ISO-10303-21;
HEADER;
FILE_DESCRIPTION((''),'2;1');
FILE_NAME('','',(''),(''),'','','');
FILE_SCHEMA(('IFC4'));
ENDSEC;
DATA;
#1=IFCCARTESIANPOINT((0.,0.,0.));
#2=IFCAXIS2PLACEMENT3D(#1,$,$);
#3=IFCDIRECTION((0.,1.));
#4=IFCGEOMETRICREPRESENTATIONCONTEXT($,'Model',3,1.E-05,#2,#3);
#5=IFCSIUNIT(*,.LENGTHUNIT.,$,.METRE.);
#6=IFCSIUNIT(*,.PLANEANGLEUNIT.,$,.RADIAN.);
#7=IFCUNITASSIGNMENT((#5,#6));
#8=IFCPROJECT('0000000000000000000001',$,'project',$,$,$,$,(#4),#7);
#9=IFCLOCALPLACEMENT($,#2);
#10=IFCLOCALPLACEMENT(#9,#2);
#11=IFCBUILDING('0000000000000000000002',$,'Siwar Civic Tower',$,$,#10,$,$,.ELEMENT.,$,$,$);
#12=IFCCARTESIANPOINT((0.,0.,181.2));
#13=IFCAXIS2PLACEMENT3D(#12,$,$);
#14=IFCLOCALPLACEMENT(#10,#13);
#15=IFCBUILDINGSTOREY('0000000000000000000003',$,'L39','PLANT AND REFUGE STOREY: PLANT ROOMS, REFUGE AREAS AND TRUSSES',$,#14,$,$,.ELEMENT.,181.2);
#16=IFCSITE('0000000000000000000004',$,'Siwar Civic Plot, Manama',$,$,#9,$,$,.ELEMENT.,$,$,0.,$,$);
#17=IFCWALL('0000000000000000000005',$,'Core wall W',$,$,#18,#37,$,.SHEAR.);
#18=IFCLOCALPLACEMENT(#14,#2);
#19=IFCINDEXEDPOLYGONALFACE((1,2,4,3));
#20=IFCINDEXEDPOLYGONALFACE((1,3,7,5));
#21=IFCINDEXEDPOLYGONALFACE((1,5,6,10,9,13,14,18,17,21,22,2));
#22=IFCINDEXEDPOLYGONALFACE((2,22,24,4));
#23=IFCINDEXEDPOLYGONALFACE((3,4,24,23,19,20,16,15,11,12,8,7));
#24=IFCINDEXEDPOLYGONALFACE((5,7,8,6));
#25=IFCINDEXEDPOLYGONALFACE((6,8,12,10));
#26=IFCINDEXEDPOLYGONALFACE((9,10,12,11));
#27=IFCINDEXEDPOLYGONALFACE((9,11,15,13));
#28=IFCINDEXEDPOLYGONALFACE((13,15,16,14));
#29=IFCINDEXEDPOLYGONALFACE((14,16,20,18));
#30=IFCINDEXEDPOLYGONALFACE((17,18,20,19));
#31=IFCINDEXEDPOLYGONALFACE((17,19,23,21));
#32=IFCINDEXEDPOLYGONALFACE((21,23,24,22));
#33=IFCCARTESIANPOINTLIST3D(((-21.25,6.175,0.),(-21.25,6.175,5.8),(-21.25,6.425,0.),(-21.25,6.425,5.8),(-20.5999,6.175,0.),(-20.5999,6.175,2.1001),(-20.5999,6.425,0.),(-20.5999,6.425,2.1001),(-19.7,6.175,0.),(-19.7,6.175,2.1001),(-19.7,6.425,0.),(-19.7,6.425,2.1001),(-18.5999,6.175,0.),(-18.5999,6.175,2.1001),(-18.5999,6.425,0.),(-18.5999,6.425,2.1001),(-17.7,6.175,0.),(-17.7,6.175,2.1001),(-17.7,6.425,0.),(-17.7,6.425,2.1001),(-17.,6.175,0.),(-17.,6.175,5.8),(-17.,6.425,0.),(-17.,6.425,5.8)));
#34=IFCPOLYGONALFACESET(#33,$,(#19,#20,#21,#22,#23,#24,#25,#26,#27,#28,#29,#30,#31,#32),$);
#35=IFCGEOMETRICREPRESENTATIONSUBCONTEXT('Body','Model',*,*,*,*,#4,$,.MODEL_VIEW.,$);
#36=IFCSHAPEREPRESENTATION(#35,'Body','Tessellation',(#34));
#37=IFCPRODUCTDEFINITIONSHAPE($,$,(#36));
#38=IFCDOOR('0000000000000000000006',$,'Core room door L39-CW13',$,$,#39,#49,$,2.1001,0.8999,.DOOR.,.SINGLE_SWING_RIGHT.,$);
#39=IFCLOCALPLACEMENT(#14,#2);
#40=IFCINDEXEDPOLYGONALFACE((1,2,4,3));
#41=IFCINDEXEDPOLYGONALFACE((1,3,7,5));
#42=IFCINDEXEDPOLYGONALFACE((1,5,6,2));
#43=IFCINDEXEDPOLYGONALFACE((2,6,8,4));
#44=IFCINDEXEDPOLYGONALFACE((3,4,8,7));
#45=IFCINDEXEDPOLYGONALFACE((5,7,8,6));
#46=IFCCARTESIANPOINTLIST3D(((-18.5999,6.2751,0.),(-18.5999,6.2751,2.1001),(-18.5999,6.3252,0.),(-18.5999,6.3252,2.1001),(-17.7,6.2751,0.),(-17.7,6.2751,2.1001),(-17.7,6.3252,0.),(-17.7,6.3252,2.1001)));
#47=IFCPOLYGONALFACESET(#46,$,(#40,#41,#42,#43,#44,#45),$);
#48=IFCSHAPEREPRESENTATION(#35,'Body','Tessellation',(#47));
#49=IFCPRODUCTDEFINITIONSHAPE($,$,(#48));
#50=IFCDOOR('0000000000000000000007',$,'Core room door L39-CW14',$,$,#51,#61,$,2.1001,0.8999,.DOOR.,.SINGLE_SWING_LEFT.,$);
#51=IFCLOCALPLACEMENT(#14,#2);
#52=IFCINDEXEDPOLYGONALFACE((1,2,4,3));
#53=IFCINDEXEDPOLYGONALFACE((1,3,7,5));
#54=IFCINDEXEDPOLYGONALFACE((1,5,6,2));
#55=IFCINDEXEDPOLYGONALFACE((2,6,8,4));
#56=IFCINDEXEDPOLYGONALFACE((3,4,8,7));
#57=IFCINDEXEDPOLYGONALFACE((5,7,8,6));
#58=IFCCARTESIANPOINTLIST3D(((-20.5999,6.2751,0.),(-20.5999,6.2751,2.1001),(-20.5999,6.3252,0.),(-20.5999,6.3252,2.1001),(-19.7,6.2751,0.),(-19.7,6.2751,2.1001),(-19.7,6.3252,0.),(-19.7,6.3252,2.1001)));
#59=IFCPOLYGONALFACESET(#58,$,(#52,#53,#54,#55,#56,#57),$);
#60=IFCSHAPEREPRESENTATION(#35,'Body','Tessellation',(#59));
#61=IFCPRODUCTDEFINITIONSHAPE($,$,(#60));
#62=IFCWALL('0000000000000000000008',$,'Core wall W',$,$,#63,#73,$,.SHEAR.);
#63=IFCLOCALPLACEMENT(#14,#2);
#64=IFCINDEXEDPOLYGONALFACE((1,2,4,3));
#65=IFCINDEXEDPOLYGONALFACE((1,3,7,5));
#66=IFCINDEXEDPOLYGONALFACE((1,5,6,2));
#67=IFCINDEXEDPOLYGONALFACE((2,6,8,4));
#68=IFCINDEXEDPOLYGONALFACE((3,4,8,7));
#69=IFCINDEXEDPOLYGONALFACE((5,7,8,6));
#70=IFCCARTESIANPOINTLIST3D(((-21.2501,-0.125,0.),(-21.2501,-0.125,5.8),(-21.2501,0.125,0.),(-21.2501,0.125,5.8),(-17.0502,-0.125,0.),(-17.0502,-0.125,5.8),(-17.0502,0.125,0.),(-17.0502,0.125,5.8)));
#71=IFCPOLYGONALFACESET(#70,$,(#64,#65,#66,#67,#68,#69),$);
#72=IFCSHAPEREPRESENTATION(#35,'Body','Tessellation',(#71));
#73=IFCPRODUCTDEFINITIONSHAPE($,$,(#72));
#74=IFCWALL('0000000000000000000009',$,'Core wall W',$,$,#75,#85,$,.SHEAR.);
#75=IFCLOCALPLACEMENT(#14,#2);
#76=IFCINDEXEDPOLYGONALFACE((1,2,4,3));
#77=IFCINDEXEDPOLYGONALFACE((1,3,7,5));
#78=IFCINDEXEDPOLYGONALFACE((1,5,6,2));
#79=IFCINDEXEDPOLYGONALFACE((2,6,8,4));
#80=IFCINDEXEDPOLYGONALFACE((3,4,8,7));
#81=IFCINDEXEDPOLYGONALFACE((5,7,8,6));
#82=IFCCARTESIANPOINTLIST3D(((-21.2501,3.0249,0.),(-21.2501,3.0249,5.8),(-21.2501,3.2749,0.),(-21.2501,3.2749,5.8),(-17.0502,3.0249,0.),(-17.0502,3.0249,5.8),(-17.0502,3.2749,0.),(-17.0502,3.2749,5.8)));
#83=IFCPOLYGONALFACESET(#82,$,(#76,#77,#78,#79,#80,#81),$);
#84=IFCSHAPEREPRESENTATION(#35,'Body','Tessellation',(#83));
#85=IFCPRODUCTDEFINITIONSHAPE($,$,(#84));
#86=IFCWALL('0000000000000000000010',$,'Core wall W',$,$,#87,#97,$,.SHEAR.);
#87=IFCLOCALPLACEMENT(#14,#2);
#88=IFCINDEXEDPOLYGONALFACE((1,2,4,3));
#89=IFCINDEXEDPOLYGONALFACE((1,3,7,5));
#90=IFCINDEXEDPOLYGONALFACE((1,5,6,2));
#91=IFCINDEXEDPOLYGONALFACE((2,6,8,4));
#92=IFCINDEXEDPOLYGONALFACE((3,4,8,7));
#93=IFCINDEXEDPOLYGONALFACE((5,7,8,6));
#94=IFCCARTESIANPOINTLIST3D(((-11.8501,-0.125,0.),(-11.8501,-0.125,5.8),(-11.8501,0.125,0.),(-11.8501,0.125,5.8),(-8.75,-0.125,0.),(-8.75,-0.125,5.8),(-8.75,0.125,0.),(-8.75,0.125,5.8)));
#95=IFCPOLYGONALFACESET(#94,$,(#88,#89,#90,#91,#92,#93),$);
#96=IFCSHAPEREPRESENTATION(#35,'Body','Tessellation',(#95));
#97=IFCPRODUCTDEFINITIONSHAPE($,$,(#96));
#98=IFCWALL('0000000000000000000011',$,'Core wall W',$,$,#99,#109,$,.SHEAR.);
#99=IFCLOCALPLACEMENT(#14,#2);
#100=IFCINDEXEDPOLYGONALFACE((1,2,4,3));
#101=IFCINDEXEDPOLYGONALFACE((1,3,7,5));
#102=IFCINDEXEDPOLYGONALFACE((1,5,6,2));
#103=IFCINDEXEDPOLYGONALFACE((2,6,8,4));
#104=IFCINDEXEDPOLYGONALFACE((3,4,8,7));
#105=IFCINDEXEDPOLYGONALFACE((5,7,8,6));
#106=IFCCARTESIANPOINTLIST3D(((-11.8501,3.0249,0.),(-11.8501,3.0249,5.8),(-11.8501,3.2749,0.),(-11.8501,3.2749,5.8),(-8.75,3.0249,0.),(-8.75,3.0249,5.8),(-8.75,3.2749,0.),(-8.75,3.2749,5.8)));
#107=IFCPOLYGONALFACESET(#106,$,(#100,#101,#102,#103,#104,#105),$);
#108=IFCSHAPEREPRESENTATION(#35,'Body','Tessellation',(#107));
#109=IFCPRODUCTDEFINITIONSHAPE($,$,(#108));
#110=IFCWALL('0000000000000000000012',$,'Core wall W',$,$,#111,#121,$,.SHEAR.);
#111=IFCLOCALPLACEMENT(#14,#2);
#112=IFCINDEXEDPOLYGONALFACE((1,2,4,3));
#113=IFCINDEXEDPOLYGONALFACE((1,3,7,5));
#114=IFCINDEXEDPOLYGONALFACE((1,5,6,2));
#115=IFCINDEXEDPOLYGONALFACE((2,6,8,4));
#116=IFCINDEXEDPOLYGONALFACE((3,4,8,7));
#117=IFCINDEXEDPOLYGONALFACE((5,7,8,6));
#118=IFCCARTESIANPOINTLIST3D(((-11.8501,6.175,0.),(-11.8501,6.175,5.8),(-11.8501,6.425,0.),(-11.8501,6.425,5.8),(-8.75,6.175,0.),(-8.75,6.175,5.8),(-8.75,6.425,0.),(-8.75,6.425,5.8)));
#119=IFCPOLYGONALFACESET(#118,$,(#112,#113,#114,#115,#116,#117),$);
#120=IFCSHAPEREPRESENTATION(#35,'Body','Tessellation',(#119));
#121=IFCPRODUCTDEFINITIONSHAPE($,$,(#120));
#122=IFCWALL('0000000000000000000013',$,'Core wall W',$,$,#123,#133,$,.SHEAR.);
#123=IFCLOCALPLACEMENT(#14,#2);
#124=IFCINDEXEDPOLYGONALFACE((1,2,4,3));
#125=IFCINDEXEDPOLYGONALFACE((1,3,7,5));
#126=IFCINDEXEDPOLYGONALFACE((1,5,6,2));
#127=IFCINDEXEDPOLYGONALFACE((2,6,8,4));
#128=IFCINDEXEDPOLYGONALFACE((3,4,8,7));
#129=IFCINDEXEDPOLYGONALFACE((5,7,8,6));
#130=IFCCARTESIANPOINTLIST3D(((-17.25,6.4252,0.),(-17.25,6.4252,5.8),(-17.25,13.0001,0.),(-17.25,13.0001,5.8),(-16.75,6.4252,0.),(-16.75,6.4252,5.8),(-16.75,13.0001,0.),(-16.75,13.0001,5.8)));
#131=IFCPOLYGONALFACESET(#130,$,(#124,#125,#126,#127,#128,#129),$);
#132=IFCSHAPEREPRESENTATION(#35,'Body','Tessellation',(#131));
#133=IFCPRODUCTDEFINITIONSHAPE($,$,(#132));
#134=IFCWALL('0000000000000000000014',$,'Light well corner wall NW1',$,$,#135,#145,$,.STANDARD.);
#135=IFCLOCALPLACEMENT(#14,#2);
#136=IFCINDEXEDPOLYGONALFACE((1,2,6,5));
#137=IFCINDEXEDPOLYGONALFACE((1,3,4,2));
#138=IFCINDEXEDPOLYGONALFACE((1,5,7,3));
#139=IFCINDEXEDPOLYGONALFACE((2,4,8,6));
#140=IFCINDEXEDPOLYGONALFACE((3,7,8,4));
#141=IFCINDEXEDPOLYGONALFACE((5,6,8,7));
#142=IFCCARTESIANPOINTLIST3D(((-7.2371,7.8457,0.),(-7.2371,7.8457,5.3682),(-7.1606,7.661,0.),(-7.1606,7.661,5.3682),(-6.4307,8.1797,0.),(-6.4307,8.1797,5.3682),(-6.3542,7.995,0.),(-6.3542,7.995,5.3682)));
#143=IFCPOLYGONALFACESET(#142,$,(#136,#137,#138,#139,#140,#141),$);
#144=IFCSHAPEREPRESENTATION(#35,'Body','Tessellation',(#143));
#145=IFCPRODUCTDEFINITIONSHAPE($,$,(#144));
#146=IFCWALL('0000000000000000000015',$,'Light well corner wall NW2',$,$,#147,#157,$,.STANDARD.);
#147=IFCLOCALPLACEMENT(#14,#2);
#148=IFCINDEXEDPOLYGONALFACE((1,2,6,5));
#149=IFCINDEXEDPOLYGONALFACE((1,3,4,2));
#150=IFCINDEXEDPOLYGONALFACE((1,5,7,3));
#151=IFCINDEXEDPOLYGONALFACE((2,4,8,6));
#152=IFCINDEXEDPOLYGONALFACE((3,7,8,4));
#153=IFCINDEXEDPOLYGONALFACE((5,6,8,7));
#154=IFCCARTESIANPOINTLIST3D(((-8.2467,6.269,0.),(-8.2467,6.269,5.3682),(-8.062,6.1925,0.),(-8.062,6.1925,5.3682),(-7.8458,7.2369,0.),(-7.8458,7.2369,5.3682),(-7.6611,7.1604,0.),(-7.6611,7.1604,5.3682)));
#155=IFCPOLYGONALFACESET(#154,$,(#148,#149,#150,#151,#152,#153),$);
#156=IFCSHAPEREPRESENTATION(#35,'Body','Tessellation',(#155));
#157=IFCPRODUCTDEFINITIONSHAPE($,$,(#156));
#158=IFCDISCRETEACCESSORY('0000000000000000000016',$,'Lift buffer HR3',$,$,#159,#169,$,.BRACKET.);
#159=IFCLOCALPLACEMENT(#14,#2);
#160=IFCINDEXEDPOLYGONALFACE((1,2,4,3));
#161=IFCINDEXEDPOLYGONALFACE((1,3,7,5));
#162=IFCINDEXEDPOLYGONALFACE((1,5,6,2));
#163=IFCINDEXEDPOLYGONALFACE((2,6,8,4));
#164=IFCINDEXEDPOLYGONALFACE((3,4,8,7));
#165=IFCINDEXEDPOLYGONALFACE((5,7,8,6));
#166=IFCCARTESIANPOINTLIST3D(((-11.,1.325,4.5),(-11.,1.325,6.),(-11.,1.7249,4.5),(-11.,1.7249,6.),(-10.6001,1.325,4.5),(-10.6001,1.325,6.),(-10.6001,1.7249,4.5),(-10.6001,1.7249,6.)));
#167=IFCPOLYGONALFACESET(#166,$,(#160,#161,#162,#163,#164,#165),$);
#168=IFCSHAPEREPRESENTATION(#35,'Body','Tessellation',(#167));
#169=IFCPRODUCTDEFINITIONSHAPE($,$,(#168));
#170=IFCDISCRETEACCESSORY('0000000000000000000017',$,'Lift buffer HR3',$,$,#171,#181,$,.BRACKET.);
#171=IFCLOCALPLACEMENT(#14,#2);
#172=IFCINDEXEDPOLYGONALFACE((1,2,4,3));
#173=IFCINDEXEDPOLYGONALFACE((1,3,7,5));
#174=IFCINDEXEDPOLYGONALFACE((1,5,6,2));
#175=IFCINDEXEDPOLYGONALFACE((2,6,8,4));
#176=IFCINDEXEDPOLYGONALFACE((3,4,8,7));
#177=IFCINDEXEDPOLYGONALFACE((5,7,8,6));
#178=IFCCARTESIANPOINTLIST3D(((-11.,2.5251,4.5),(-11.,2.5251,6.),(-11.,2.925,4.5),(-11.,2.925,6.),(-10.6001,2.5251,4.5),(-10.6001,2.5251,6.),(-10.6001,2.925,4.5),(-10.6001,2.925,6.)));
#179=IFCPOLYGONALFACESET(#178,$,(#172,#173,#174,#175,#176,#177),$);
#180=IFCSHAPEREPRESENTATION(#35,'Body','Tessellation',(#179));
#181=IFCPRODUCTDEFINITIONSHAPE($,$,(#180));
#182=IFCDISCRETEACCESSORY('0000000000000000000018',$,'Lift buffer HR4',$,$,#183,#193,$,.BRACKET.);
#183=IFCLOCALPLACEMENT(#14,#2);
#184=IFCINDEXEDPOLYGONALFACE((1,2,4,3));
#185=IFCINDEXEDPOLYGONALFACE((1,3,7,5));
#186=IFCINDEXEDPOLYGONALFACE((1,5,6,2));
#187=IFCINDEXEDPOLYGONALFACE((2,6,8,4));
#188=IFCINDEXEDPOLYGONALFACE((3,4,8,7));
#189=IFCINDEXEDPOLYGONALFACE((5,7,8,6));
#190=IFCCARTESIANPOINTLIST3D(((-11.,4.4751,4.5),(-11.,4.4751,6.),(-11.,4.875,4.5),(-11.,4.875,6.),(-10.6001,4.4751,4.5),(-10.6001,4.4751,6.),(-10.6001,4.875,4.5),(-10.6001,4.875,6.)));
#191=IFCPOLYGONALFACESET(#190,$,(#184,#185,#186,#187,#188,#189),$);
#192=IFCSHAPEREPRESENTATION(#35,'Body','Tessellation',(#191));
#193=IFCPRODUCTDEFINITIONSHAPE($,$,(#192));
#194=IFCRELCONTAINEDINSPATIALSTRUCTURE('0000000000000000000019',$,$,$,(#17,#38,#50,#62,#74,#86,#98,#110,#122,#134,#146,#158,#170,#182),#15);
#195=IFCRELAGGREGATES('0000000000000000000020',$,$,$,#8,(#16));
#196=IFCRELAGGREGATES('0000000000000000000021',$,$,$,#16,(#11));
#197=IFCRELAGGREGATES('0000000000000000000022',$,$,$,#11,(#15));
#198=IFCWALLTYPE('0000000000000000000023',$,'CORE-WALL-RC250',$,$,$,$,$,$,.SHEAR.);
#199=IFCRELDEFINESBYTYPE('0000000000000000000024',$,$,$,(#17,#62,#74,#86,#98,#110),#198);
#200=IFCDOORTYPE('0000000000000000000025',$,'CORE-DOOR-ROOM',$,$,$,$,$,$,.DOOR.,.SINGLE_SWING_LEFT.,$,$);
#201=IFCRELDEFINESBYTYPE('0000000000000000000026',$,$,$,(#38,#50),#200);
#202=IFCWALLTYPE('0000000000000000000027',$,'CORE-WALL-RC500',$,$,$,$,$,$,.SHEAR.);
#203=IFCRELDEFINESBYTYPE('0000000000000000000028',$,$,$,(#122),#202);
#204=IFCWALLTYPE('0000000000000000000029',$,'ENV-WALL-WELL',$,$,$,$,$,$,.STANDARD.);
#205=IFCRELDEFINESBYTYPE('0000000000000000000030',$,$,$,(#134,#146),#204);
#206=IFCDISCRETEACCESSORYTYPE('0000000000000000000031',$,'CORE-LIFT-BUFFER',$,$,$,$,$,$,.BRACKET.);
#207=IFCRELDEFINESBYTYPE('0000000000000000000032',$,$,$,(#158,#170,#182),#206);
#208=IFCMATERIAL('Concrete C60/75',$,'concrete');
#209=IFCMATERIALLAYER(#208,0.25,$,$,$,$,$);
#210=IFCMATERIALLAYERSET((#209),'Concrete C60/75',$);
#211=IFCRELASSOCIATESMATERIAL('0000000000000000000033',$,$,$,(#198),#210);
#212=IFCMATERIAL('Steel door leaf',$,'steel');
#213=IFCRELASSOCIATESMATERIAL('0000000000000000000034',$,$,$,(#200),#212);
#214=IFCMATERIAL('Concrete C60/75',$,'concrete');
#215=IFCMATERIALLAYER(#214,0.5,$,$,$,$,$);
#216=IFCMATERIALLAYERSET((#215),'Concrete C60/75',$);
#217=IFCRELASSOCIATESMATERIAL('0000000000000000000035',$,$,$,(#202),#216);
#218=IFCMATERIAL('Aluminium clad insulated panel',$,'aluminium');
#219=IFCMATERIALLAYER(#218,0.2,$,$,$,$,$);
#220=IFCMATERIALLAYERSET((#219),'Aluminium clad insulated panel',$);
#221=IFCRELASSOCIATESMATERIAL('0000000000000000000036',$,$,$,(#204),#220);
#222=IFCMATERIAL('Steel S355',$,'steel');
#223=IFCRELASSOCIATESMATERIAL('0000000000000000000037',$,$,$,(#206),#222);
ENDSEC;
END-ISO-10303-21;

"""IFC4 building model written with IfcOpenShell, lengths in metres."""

from ifc_helpers import new_model, si_unit, direction, frame, frame_2d, origin, origin_2d, place, context, subcontext, project, spatial, rectangle, extrude, material, layer, layer_set, type_object, element, fill, save


model = new_model("IFC4")

# Units and contexts
model_context = context("Model", 3, precision=1e-05, world=origin(), true_north=direction((0.0, 1.0)))
body_context = subcontext(model_context, "Body", "Model", "MODEL_VIEW")
ifc_project = project(units=[si_unit("LENGTHUNIT", "METRE"), si_unit("PLANEANGLEUNIT", "RADIAN")], contexts=[model_context])

# Site, building, storey
site_placement = place(None, origin())
site = spatial("IfcSite", under=ifc_project, at=site_placement, Name="Siwar Civic Plot, Manama", CompositionType="ELEMENT", RefElevation=0.0)
building_placement = place(site_placement, origin())
building = spatial("IfcBuilding", under=site, at=building_placement, Name="Siwar Civic Tower", CompositionType="ELEMENT")
storey_placement = place(building_placement, frame((0.0, 0.0, 181.2)))
storey = spatial("IfcBuildingStorey", under=building, at=storey_placement, Name="L39", Description="PLANT AND REFUGE STOREY: PLANT ROOMS, REFUGE AREAS AND TRUSSES", CompositionType="ELEMENT", Elevation=181.2)

# Shared definitions
ifc_material_1 = material(Name="Concrete C60/75", Category="concrete")
ifc_layer_1 = layer(ifc_material_1, 0.25)
ifc_layer_set_1 = layer_set([ifc_layer_1], Name="Concrete C60/75")
wall_type_1 = type_object("IfcWallType", Name="CORE-WALL-RC250", PredefinedType="SHEAR", material=ifc_layer_set_1)

# Wall, openings, doors
wall_1_placement = place(storey_placement, frame((-17.0, 6.3, 0.0), z_axis=(0.0, 0.0, 1.0), x_axis=(-1.0, 0.0, 0.0)))
wall_1 = element("IfcWall", 1, at=wall_1_placement, inside=storey, type_object=wall_type_1, Name="Core wall W", PredefinedType="SHEAR", context=body_context, shape_type="SweptSolid", body=[
    extrude(rectangle(XDim=4.25, YDim=0.25, at=frame_2d((2.125, 0.0))), origin(), (0.0, 0.0, 1.0), 5.8),
])
opening_1_placement = place(wall_1_placement, frame((0.7, 0.0, 0.0)))
opening_1 = element("IfcOpeningElement", 2, at=opening_1_placement, cuts=wall_1, PredefinedType="OPENING", context=body_context, shape_type="SweptSolid", body=[
    extrude(rectangle(XDim=0.8999, YDim=2.1001, at=frame_2d((0.45, 1.05))), frame((0.0, 0.135, 0.0), z_axis=(0.0, -1.0, 0.0), x_axis=(1.0, 0.0, 0.0)), (0.0, 0.0, 1.0), 0.27),
])
opening_2_placement = place(wall_1_placement, frame((2.7, 0.0, 0.0)))
opening_2 = element("IfcOpeningElement", 3, at=opening_2_placement, cuts=wall_1, PredefinedType="OPENING", context=body_context, shape_type="SweptSolid", body=[
    extrude(rectangle(XDim=0.8999, YDim=2.1001, at=frame_2d((0.45, 1.05))), frame((0.0, 0.135, 0.0), z_axis=(0.0, -1.0, 0.0), x_axis=(1.0, 0.0, 0.0)), (0.0, 0.0, 1.0), 0.27),
])
ifc_material_2 = material(Name="Steel door leaf", Category="steel")
door_type_1 = type_object("IfcDoorType", Name="CORE-DOOR-ROOM", OperationType="SINGLE_SWING_LEFT", PredefinedType="DOOR", material=ifc_material_2)
door_1_placement = place(opening_1_placement, origin())
door_1 = element("IfcDoor", 4, at=door_1_placement, inside=storey, type_object=door_type_1, Name="Core room door L39-CW13", OperationType="SINGLE_SWING_RIGHT", OverallHeight=2.1001, OverallWidth=0.8999, PredefinedType="DOOR", context=body_context, shape_type="SweptSolid", body=[
    extrude(rectangle(XDim=0.8999, YDim=2.1001, at=frame_2d((0.45, 1.05))), frame((0.0, 0.0249, 0.0), z_axis=(0.0, -1.0, 0.0), x_axis=(1.0, 0.0, 0.0)), (0.0, 0.0, 1.0), 0.05),
])
fill(opening_1, door_1)
door_2_placement = place(opening_2_placement, origin())
door_2 = element("IfcDoor", 5, at=door_2_placement, inside=storey, type_object=door_type_1, Name="Core room door L39-CW14", OperationType="SINGLE_SWING_LEFT", OverallHeight=2.1001, OverallWidth=0.8999, PredefinedType="DOOR", context=body_context, shape_type="SweptSolid", body=[
    extrude(rectangle(XDim=0.8999, YDim=2.1001, at=frame_2d((0.45, 1.05))), frame((0.0, 0.0249, 0.0), z_axis=(0.0, -1.0, 0.0), x_axis=(1.0, 0.0, 0.0)), (0.0, 0.0, 1.0), 0.05),
])
fill(opening_2, door_2)

# Walls
for number, where, z_axis, x_axis, name in (
    (6, (-17.05, 0.0, 0.0), (0.0, 0.0, 1.0), (-1.0, 0.0, 0.0), "Core wall W"),
    (7, (-17.05, 3.1499, 0.0), (0.0, 0.0, 1.0), (-1.0, 0.0, 0.0), "Core wall W"),
):
    element("IfcWall", number, at=place(storey_placement, frame(where, z_axis=z_axis, x_axis=x_axis)), inside=storey, type_object=wall_type_1, Name=name, PredefinedType="SHEAR", context=body_context, shape_type="SweptSolid", body=[
        extrude(rectangle(XDim=4.2, YDim=0.25, at=frame_2d((2.1001, 0.0))), origin(), (0.0, 0.0, 1.0), 5.8),
    ])
for number, where, z_axis, x_axis, name in (
    (8, (-8.75, 0.0, 0.0), (0.0, 0.0, 1.0), (-1.0, 0.0, 0.0), "Core wall W"),
    (9, (-8.75, 3.1499, 0.0), (0.0, 0.0, 1.0), (-1.0, 0.0, 0.0), "Core wall W"),
    (10, (-8.75, 6.3, 0.0), (0.0, 0.0, 1.0), (-1.0, 0.0, 0.0), "Core wall W"),
):
    element("IfcWall", number, at=place(storey_placement, frame(where, z_axis=z_axis, x_axis=x_axis)), inside=storey, type_object=wall_type_1, Name=name, PredefinedType="SHEAR", context=body_context, shape_type="SweptSolid", body=[
        extrude(rectangle(XDim=3.1001, YDim=0.25, at=frame_2d((1.55, 0.0))), origin(), (0.0, 0.0, 1.0), 5.8),
    ])
ifc_material_3 = material(Name="Concrete C60/75", Category="concrete")
ifc_layer_2 = layer(ifc_material_3, 0.5)
ifc_layer_set_2 = layer_set([ifc_layer_2], Name="Concrete C60/75")
wall_type_2 = type_object("IfcWallType", Name="CORE-WALL-RC500", PredefinedType="SHEAR", material=ifc_layer_set_2)
wall_2_placement = place(storey_placement, frame((-17.0, 6.425, 0.0), z_axis=(0.0, 0.0, 1.0), x_axis=(0.0, 1.0, 0.0)))
element("IfcWall", 11, at=wall_2_placement, inside=storey, type_object=wall_type_2, Name="Core wall W", PredefinedType="SHEAR", context=body_context, shape_type="SweptSolid", body=[
    extrude(rectangle(XDim=6.575, YDim=0.5, at=frame_2d((3.2876, 0.0))), origin(), (0.0, 0.0, 1.0), 5.8),
])
ifc_material_4 = material(Name="Aluminium clad insulated panel", Category="aluminium")
ifc_layer_3 = layer(ifc_material_4, 0.2)
ifc_layer_set_3 = layer_set([ifc_layer_3], Name="Aluminium clad insulated panel")
wall_type_3 = type_object("IfcWallType", Name="ENV-WALL-WELL", PredefinedType="STANDARD", material=ifc_layer_set_3)
wall_3_placement = place(storey_placement, frame((-6.3923, 8.0874, 0.0), z_axis=(0.0, 0.0, 1.0), x_axis=(-0.923894, -0.382648, 0.0)))
element("IfcWall", 12, at=wall_3_placement, inside=storey, type_object=wall_type_3, Name="Light well corner wall NW1", PredefinedType="STANDARD", context=body_context, shape_type="SweptSolid", body=[
    extrude(rectangle(XDim=0.8728, YDim=0.2, at=frame_2d((0.4365, 0.0))), origin(), (0.0, 0.0, 1.0), 5.3682),
])
wall_4_placement = place(storey_placement, frame((-7.7534, 7.1987, 0.0), z_axis=(0.0, 0.0, 1.0), x_axis=(-0.382695, -0.923875, 0.0)))
element("IfcWall", 13, at=wall_4_placement, inside=storey, type_object=wall_type_3, Name="Light well corner wall NW2", PredefinedType="STANDARD", context=body_context, shape_type="SweptSolid", body=[
    extrude(rectangle(XDim=1.0476, YDim=0.2, at=frame_2d((0.5239, 0.0))), origin(), (0.0, 0.0, 1.0), 5.3682),
])

# Discrete accessories
ifc_material_5 = material(Name="Steel S355", Category="steel")
discrete_accessory_type = type_object("IfcDiscreteAccessoryType", Name="CORE-LIFT-BUFFER", PredefinedType="BRACKET", material=ifc_material_5)
for number, where, z_axis, x_axis, name in (
    (14, (-10.8, 1.5249, 4.5), (0.0, 0.0, 1.0), (1.0, 0.0, 0.0), "Lift buffer HR3"),
    (15, (-10.8, 2.7251, 4.5), (0.0, 0.0, 1.0), (1.0, 0.0, 0.0), "Lift buffer HR3"),
    (16, (-10.8, 4.675, 4.5), (0.0, 0.0, 1.0), (1.0, 0.0, 0.0), "Lift buffer HR4"),
):
    element("IfcDiscreteAccessory", number, at=place(storey_placement, frame(where, z_axis=z_axis, x_axis=x_axis)), inside=storey, type_object=discrete_accessory_type, Name=name, PredefinedType="BRACKET", context=body_context, shape_type="SweptSolid", body=[
        extrude(rectangle(XDim=0.3999, YDim=0.3999, at=origin_2d()), origin(), (0.0, 0.0, 1.0), 1.5),
    ])

save(model, "model.ifc")
